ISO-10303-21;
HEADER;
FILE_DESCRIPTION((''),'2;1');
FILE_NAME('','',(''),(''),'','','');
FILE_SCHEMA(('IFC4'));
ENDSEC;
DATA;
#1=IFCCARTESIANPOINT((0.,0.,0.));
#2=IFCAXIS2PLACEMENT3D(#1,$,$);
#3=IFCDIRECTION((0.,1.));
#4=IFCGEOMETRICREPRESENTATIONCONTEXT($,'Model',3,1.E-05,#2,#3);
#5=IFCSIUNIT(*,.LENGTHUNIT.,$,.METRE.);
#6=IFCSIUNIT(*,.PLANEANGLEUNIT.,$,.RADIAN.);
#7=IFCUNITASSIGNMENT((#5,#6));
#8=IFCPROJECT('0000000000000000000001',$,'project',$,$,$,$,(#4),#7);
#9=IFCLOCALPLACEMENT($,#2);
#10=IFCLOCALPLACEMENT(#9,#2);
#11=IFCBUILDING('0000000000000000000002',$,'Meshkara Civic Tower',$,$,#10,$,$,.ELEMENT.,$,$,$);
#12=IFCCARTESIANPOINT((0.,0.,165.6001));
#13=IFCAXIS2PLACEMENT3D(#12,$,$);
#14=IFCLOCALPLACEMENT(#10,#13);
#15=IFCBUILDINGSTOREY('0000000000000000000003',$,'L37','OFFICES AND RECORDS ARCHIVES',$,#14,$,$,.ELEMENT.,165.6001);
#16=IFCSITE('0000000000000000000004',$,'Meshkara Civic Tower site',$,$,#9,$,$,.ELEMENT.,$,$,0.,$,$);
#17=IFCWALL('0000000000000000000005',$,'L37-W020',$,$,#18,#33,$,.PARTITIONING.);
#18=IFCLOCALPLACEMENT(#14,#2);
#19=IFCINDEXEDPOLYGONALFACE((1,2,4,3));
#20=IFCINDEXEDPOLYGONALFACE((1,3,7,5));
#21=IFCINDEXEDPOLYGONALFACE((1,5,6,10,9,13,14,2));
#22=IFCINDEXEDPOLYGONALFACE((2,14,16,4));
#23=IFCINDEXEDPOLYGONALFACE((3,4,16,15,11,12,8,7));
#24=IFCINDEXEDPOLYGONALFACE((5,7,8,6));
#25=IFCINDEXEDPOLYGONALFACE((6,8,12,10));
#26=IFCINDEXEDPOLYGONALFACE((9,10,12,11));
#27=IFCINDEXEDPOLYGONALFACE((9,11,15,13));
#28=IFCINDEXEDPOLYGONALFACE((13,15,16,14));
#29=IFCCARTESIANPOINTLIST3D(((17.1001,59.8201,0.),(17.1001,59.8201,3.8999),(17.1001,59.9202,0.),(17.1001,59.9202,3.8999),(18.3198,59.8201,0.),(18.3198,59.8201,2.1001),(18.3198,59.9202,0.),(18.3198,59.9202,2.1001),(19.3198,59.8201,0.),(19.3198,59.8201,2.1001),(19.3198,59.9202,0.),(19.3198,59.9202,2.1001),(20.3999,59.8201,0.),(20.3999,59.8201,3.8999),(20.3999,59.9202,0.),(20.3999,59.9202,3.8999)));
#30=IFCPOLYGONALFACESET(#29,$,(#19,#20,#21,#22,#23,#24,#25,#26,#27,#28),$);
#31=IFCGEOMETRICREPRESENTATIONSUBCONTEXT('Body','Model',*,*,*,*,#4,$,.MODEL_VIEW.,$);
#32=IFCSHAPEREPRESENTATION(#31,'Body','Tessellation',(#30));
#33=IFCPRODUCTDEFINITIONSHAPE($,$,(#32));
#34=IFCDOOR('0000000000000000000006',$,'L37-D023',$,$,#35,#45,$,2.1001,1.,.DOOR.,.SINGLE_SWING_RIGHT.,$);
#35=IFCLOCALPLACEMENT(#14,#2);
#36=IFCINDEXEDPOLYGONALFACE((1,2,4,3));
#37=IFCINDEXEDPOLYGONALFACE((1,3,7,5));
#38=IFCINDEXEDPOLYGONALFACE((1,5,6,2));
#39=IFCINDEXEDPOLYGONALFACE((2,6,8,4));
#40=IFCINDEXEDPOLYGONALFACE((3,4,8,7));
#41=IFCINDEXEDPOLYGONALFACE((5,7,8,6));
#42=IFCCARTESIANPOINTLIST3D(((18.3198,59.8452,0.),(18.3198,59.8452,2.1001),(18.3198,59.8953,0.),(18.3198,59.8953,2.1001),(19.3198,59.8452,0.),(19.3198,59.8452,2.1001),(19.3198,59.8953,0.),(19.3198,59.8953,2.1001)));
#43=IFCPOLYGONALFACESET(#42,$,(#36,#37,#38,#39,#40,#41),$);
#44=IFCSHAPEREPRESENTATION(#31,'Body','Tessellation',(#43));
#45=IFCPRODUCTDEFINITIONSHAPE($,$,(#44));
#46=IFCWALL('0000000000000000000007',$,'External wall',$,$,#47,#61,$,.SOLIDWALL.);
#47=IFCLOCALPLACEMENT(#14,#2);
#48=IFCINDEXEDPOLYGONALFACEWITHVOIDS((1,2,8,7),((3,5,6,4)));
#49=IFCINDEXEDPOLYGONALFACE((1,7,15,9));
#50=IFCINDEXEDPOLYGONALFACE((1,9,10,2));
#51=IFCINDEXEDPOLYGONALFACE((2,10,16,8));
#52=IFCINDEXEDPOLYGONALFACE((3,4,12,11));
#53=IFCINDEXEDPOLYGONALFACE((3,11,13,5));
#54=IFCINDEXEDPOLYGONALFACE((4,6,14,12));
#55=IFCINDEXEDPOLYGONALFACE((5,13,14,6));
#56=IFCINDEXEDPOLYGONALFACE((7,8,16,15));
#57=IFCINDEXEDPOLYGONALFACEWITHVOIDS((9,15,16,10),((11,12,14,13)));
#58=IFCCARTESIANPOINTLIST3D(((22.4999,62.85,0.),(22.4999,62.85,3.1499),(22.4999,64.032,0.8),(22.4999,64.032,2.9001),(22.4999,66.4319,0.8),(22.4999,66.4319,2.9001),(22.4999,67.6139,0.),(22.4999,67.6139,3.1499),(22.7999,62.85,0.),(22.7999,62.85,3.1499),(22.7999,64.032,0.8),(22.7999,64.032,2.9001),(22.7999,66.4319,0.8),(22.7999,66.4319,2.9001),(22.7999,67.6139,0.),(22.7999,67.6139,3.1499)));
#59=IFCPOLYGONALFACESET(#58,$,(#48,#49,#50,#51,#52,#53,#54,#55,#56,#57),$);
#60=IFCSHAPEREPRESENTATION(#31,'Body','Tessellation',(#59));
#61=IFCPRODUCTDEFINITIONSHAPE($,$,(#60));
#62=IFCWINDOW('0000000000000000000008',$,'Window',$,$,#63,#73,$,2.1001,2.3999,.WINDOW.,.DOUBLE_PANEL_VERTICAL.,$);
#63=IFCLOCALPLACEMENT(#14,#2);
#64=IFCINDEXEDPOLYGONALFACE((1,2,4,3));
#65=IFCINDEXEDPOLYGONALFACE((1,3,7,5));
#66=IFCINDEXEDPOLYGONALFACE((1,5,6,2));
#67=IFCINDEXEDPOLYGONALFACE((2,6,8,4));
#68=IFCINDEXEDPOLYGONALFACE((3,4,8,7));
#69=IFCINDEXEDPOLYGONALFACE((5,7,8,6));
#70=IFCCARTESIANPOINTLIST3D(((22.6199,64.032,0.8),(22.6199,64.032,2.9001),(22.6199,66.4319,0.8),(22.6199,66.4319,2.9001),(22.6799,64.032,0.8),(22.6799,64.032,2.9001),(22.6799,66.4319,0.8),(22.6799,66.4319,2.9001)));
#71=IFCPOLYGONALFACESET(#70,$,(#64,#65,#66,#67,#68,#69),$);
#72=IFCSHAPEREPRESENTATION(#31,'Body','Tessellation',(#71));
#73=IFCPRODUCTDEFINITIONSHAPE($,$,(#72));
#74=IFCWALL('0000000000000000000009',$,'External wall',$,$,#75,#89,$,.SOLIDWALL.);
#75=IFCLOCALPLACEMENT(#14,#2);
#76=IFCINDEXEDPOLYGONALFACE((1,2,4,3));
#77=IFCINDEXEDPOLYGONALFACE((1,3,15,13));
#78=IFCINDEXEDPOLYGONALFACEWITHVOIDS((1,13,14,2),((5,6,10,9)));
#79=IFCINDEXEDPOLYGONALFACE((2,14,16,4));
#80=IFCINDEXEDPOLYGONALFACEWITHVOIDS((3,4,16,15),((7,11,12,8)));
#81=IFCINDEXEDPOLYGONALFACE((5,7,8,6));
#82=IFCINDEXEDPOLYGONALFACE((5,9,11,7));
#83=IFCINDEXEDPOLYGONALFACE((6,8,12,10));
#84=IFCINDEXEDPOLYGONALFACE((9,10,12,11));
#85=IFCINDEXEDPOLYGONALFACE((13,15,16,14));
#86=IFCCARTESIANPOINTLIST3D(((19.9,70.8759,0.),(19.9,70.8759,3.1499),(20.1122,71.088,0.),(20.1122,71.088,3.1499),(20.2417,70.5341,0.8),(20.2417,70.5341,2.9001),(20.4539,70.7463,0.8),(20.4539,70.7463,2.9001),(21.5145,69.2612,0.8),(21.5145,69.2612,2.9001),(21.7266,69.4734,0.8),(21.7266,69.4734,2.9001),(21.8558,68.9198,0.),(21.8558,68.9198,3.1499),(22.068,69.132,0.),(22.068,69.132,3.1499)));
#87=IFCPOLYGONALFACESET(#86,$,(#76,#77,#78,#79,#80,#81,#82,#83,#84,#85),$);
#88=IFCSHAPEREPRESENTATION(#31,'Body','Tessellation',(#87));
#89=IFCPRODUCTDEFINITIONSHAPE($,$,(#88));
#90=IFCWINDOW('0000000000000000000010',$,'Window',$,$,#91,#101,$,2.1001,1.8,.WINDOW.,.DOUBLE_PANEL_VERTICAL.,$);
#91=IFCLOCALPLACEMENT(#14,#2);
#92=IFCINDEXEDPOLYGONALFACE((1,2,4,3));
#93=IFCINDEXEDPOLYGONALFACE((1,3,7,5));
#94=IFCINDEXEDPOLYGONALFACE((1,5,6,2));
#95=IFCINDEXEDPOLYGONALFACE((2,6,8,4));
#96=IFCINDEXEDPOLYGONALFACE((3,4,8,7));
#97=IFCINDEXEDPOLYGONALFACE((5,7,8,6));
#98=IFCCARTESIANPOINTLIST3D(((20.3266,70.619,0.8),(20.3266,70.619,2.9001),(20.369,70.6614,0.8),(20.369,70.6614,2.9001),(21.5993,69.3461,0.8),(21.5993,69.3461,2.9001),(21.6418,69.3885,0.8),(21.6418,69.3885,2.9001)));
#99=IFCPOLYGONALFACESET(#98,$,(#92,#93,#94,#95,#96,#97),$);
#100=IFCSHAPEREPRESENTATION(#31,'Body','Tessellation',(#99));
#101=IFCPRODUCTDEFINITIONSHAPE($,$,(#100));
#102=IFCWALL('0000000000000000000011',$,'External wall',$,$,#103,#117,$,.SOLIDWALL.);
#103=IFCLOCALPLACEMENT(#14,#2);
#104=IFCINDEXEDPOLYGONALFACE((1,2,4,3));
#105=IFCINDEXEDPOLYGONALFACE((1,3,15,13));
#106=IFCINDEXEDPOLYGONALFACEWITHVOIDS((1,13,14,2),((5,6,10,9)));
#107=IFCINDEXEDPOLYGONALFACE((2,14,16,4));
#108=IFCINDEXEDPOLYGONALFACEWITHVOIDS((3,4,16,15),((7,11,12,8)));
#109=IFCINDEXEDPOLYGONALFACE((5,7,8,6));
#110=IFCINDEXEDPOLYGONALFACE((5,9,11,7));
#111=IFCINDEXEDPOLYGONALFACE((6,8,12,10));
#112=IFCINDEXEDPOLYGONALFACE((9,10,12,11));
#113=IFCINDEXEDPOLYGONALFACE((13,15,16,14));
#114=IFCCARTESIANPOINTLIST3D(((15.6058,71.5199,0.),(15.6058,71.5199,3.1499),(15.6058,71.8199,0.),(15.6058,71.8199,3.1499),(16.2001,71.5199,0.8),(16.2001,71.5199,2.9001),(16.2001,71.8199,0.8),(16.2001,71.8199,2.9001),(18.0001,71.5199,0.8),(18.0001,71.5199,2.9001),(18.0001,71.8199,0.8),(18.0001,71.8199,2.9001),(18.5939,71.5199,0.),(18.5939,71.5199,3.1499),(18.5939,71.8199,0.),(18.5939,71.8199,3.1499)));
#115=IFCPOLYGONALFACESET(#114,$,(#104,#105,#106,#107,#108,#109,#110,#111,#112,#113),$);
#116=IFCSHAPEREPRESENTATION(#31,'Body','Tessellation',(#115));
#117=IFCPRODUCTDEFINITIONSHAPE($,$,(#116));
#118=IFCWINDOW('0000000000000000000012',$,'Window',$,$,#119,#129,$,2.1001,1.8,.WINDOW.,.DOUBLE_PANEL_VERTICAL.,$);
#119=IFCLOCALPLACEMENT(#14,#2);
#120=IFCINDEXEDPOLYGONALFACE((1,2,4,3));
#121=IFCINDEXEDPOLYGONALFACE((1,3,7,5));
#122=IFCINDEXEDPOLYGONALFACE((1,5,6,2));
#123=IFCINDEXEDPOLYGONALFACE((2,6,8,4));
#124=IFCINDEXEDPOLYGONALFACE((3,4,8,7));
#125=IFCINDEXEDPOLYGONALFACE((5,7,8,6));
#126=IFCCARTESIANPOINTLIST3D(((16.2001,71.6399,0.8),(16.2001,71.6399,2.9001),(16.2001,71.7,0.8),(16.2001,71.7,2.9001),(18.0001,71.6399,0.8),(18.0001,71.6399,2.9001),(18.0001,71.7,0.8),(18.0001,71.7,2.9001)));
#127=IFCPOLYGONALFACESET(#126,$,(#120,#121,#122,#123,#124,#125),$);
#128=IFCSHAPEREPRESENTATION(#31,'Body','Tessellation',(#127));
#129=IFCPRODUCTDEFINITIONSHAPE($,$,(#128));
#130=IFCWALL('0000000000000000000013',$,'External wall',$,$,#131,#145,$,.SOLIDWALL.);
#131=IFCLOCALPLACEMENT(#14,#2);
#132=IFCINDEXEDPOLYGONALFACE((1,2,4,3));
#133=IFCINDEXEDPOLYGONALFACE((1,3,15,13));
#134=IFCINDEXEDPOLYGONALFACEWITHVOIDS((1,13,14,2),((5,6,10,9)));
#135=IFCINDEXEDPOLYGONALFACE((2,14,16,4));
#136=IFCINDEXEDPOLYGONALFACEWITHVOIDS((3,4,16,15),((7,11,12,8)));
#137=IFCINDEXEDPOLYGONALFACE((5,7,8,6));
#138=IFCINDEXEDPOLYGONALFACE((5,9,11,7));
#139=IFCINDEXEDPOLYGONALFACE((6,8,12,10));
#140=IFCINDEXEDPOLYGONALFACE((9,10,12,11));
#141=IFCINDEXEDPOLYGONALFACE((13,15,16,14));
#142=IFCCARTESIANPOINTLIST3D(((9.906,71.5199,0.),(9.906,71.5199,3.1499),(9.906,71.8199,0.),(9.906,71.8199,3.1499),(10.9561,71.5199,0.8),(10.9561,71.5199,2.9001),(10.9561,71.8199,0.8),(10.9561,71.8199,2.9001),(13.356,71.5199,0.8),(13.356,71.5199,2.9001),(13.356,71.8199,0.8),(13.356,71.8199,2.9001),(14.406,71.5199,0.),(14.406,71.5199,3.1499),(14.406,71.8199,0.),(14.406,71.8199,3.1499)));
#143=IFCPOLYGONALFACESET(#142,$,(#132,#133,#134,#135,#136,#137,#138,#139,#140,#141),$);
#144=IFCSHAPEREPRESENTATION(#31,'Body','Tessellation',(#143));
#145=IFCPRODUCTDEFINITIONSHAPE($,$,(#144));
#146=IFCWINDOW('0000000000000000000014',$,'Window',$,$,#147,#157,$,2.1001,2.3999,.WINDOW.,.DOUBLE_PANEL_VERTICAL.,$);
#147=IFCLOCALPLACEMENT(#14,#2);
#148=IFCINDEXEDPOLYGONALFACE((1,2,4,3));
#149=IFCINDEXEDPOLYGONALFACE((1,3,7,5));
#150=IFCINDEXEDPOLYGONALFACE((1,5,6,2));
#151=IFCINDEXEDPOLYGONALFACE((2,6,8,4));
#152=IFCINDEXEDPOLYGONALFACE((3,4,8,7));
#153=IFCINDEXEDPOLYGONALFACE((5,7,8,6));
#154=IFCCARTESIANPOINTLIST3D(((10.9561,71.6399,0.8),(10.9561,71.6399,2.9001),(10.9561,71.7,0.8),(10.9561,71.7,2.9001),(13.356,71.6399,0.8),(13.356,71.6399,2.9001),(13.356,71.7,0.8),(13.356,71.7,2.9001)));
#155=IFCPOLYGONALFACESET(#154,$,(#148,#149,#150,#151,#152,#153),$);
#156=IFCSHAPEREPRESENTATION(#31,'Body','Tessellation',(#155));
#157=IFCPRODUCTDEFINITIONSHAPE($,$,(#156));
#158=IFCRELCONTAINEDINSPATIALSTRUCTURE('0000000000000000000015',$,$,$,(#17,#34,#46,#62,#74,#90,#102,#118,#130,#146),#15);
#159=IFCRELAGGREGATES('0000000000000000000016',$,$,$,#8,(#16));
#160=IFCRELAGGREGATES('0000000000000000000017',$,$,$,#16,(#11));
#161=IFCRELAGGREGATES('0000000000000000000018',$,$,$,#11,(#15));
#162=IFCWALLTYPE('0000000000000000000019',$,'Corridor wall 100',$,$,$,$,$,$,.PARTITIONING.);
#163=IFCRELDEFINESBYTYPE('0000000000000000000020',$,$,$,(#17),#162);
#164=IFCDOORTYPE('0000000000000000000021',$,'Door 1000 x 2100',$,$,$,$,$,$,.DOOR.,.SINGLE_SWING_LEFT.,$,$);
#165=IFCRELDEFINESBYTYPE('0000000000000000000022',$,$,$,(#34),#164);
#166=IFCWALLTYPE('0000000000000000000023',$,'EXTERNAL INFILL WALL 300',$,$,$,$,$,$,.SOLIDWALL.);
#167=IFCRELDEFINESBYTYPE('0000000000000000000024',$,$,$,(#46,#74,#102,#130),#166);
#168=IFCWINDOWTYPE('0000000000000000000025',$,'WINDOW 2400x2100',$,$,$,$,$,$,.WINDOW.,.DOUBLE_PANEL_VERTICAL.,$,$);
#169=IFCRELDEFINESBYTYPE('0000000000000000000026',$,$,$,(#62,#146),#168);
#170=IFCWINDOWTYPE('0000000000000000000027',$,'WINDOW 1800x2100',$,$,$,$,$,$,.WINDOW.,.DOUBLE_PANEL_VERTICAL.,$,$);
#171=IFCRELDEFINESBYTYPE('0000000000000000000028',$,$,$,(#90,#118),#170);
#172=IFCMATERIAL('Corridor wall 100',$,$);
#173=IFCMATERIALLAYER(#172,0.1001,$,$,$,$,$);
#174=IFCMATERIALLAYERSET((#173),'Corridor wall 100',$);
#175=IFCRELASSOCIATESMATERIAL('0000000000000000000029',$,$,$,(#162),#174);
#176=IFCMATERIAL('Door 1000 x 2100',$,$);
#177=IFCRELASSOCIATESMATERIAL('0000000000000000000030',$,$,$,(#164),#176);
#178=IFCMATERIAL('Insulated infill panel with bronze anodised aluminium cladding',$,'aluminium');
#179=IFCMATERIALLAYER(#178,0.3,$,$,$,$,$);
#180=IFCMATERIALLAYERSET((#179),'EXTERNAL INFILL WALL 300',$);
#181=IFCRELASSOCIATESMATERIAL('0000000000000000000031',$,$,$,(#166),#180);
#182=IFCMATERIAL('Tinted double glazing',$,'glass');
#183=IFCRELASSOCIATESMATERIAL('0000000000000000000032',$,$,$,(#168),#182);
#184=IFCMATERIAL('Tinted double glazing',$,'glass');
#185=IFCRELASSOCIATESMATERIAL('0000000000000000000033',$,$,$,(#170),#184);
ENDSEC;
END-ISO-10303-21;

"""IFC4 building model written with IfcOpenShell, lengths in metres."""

from ifc_helpers import new_model, si_unit, direction, frame, frame_2d, origin, place, context, subcontext, project, spatial, rectangle, extrude, material, layer, layer_set, type_object, element, fill, save


model = new_model("IFC4")

# Units and contexts
model_context = context("Model", 3, precision=1e-05, world=origin(), true_north=direction((0.0, 1.0)))
body_context = subcontext(model_context, "Body", "Model", "MODEL_VIEW")
ifc_project = project(units=[si_unit("LENGTHUNIT", "METRE"), si_unit("PLANEANGLEUNIT", "RADIAN")], contexts=[model_context])

# Site, building, storey
site_placement = place(None, origin())
site = spatial("IfcSite", under=ifc_project, at=site_placement, Name="Meshkara Civic Tower site", CompositionType="ELEMENT", RefElevation=0.0)
building_placement = place(site_placement, origin())
building = spatial("IfcBuilding", under=site, at=building_placement, Name="Meshkara Civic Tower", CompositionType="ELEMENT")
storey_placement = place(building_placement, frame((0.0, 0.0, 165.6001)))
storey = spatial("IfcBuildingStorey", under=building, at=storey_placement, Name="L37", Description="OFFICES AND RECORDS ARCHIVES", CompositionType="ELEMENT", Elevation=165.6001)

# Shared definitions
ifc_material_1 = material(Name="Corridor wall 100")
ifc_layer_1 = layer(ifc_material_1, 0.1001)
ifc_layer_set_1 = layer_set([ifc_layer_1], Name="Corridor wall 100")
wall_type_1 = type_object("IfcWallType", Name="Corridor wall 100", PredefinedType="PARTITIONING", material=ifc_layer_set_1)
ifc_material_2 = material(Name="Door 1000 x 2100")
door_type_1 = type_object("IfcDoorType", Name="Door 1000 x 2100", OperationType="SINGLE_SWING_LEFT", PredefinedType="DOOR", material=ifc_material_2)

# Wall, opening, door
wall_1_placement = place(storey_placement, frame((20.3999, 59.8701, 0.0), z_axis=(0.0, 0.0, 1.0), x_axis=(-1.0, 0.0, 0.0)))
wall_1 = element("IfcWall", 1, at=wall_1_placement, inside=storey, type_object=wall_type_1, Name="L37-W020", PredefinedType="PARTITIONING", context=body_context, shape_type="SweptSolid", body=[
    extrude(rectangle(XDim=3.2998, YDim=0.1001, at=frame_2d((1.6499, 0.0))), origin(), (0.0, 0.0, 1.0), 3.8999),
])
opening_1_placement = place(wall_1_placement, frame((1.0801, 0.0, 0.0)))
opening_1 = element("IfcOpeningElement", 2, at=opening_1_placement, cuts=wall_1, PredefinedType="OPENING", context=body_context, shape_type="SweptSolid", body=[
    extrude(rectangle(XDim=1.0, YDim=2.1001, at=frame_2d((0.5, 1.05))), frame((0.0, 0.0601, 0.0), z_axis=(0.0, -1.0, 0.0), x_axis=(1.0, 0.0, 0.0)), (0.0, 0.0, 1.0), 0.1201),
])
door_1_placement = place(opening_1_placement, origin())
door_1 = element("IfcDoor", 3, at=door_1_placement, inside=storey, type_object=door_type_1, Name="L37-D023", OperationType="SINGLE_SWING_RIGHT", OverallHeight=2.1001, OverallWidth=1.0, PredefinedType="DOOR", context=body_context, shape_type="SweptSolid", body=[
    extrude(rectangle(XDim=1.0, YDim=2.1001, at=frame_2d((0.5, 1.05))), frame((0.0, 0.0249, 0.0), z_axis=(0.0, -1.0, 0.0), x_axis=(1.0, 0.0, 0.0)), (0.0, 0.0, 1.0), 0.05),
])
fill(opening_1, door_1)

# Walls, openings, windows
ifc_material_3 = material(Name="Insulated infill panel with bronze anodised aluminium cladding", Category="aluminium")
ifc_layer_2 = layer(ifc_material_3, 0.3)
ifc_layer_set_2 = layer_set([ifc_layer_2], Name="EXTERNAL INFILL WALL 300")
wall_type_2 = type_object("IfcWallType", Name="EXTERNAL INFILL WALL 300", PredefinedType="SOLIDWALL", material=ifc_layer_set_2)
wall_2_placement = place(storey_placement, frame((22.6499, 62.8501, 0.0), z_axis=(0.0, 0.0, 1.0), x_axis=(0.0, 1.0, 0.0)))
wall_2 = element("IfcWall", 4, at=wall_2_placement, inside=storey, type_object=wall_type_2, Name="External wall", PredefinedType="SOLIDWALL", context=body_context, shape_type="SweptSolid", body=[
    extrude(rectangle(XDim=4.7639, YDim=0.3, at=frame_2d((2.3818, 0.0))), origin(), (0.0, 0.0, 1.0), 3.1499),
])
opening_2_placement = place(wall_2_placement, frame((1.1819, 0.0, 0.8)))
opening_2 = element("IfcOpeningElement", 5, at=opening_2_placement, cuts=wall_2, PredefinedType="OPENING", context=body_context, shape_type="SweptSolid", body=[
    extrude(rectangle(XDim=2.3999, YDim=2.1001, at=frame_2d((1.2, 1.05))), frame((0.0, 0.1599, 0.0), z_axis=(0.0, -1.0, 0.0), x_axis=(1.0, 0.0, 0.0)), (0.0, 0.0, 1.0), 0.3201),
])
ifc_material_4 = material(Name="Tinted double glazing", Category="glass")
window_type_1 = type_object("IfcWindowType", Name="WINDOW 2400x2100", PartitioningType="DOUBLE_PANEL_VERTICAL", PredefinedType="WINDOW", material=ifc_material_4)
window_1_placement = place(opening_2_placement, origin())
window_1 = element("IfcWindow", 6, at=window_1_placement, inside=storey, type_object=window_type_1, Name="Window", OverallHeight=2.1001, OverallWidth=2.3999, PartitioningType="DOUBLE_PANEL_VERTICAL", PredefinedType="WINDOW", context=body_context, shape_type="SweptSolid", body=[
    extrude(rectangle(XDim=2.3999, YDim=2.1001, at=frame_2d((1.2, 1.05))), frame((0.0, 0.03, 0.0), z_axis=(0.0, -1.0, 0.0), x_axis=(1.0, 0.0, 0.0)), (0.0, 0.0, 1.0), 0.0601),
])
fill(opening_2, window_1)
wall_3_placement = place(storey_placement, frame((21.9619, 69.0259, 0.0), z_axis=(0.0, 0.0, 1.0), x_axis=(-0.707063, 0.707151, 0.0)))
wall_3 = element("IfcWall", 7, at=wall_3_placement, inside=storey, type_object=wall_type_2, Name="External wall", PredefinedType="SOLIDWALL", context=body_context, shape_type="SweptSolid", body=[
    extrude(rectangle(XDim=2.7661, YDim=0.3, at=frame_2d((1.3831, 0.0))), origin(), (0.0, 0.0, 1.0), 3.1499),
])
opening_3_placement = place(wall_3_placement, frame((0.4829, 0.0, 0.8)))
opening_3 = element("IfcOpeningElement", 8, at=opening_3_placement, cuts=wall_3, PredefinedType="OPENING", context=body_context, shape_type="SweptSolid", body=[
    extrude(rectangle(XDim=1.8, YDim=2.1001, at=frame_2d((0.8999, 1.05))), frame((0.0, 0.1599, 0.0), z_axis=(0.0, -1.0, 0.0), x_axis=(1.0, 0.0, 0.0)), (0.0, 0.0, 1.0), 0.3201),
])
ifc_material_5 = material(Name="Tinted double glazing", Category="glass")
window_type_2 = type_object("IfcWindowType", Name="WINDOW 1800x2100", PartitioningType="DOUBLE_PANEL_VERTICAL", PredefinedType="WINDOW", material=ifc_material_5)
window_2_placement = place(opening_3_placement, origin())
window_2 = element("IfcWindow", 9, at=window_2_placement, inside=storey, type_object=window_type_2, Name="Window", OverallHeight=2.1001, OverallWidth=1.8, PartitioningType="DOUBLE_PANEL_VERTICAL", PredefinedType="WINDOW", context=body_context, shape_type="SweptSolid", body=[
    extrude(rectangle(XDim=1.8, YDim=2.1001, at=frame_2d((0.8999, 1.05))), frame((0.0, 0.03, 0.0), z_axis=(0.0, -1.0, 0.0), x_axis=(1.0, 0.0, 0.0)), (0.0, 0.0, 1.0), 0.0601),
])
fill(opening_3, window_2)
wall_4_placement = place(storey_placement, frame((18.594, 71.6699, 0.0), z_axis=(0.0, 0.0, 1.0), x_axis=(-1.0, 0.0, 0.0)))
wall_4 = element("IfcWall", 10, at=wall_4_placement, inside=storey, type_object=wall_type_2, Name="External wall", PredefinedType="SOLIDWALL", context=body_context, shape_type="SweptSolid", body=[
    extrude(rectangle(XDim=2.988, YDim=0.3, at=frame_2d((1.4941, 0.0))), origin(), (0.0, 0.0, 1.0), 3.1499),
])
opening_4_placement = place(wall_4_placement, frame((0.594, 0.0, 0.8)))
opening_4 = element("IfcOpeningElement", 11, at=opening_4_placement, cuts=wall_4, PredefinedType="OPENING", context=body_context, shape_type="SweptSolid", body=[
    extrude(rectangle(XDim=1.8, YDim=2.1001, at=frame_2d((0.8999, 1.05))), frame((0.0, 0.1599, 0.0), z_axis=(0.0, -1.0, 0.0), x_axis=(1.0, 0.0, 0.0)), (0.0, 0.0, 1.0), 0.3201),
])
window_3_placement = place(opening_4_placement, origin())
window_3 = element("IfcWindow", 12, at=window_3_placement, inside=storey, type_object=window_type_2, Name="Window", OverallHeight=2.1001, OverallWidth=1.8, PartitioningType="DOUBLE_PANEL_VERTICAL", PredefinedType="WINDOW", context=body_context, shape_type="SweptSolid", body=[
    extrude(rectangle(XDim=1.8, YDim=2.1001, at=frame_2d((0.8999, 1.05))), frame((0.0, 0.03, 0.0), z_axis=(0.0, -1.0, 0.0), x_axis=(1.0, 0.0, 0.0)), (0.0, 0.0, 1.0), 0.0601),
])
fill(opening_4, window_3)
wall_5_placement = place(storey_placement, frame((14.406, 71.6699, 0.0), z_axis=(0.0, 0.0, 1.0), x_axis=(-1.0, 0.0, 0.0)))
wall_5 = element("IfcWall", 13, at=wall_5_placement, inside=storey, type_object=wall_type_2, Name="External wall", PredefinedType="SOLIDWALL", context=body_context, shape_type="SweptSolid", body=[
    extrude(rectangle(XDim=4.5, YDim=0.3, at=frame_2d((2.25, 0.0))), origin(), (0.0, 0.0, 1.0), 3.1499),
])
opening_5_placement = place(wall_5_placement, frame((1.05, 0.0, 0.8)))
opening_5 = element("IfcOpeningElement", 14, at=opening_5_placement, cuts=wall_5, PredefinedType="OPENING", context=body_context, shape_type="SweptSolid", body=[
    extrude(rectangle(XDim=2.3999, YDim=2.1001, at=frame_2d((1.2, 1.05))), frame((0.0, 0.1599, 0.0), z_axis=(0.0, -1.0, 0.0), x_axis=(1.0, 0.0, 0.0)), (0.0, 0.0, 1.0), 0.3201),
])
window_4_placement = place(opening_5_placement, origin())
window_4 = element("IfcWindow", 15, at=window_4_placement, inside=storey, type_object=window_type_1, Name="Window", OverallHeight=2.1001, OverallWidth=2.3999, PartitioningType="DOUBLE_PANEL_VERTICAL", PredefinedType="WINDOW", context=body_context, shape_type="SweptSolid", body=[
    extrude(rectangle(XDim=2.3999, YDim=2.1001, at=frame_2d((1.2, 1.05))), frame((0.0, 0.03, 0.0), z_axis=(0.0, -1.0, 0.0), x_axis=(1.0, 0.0, 0.0)), (0.0, 0.0, 1.0), 0.0601),
])
fill(opening_5, window_4)

save(model, "model.ifc")
